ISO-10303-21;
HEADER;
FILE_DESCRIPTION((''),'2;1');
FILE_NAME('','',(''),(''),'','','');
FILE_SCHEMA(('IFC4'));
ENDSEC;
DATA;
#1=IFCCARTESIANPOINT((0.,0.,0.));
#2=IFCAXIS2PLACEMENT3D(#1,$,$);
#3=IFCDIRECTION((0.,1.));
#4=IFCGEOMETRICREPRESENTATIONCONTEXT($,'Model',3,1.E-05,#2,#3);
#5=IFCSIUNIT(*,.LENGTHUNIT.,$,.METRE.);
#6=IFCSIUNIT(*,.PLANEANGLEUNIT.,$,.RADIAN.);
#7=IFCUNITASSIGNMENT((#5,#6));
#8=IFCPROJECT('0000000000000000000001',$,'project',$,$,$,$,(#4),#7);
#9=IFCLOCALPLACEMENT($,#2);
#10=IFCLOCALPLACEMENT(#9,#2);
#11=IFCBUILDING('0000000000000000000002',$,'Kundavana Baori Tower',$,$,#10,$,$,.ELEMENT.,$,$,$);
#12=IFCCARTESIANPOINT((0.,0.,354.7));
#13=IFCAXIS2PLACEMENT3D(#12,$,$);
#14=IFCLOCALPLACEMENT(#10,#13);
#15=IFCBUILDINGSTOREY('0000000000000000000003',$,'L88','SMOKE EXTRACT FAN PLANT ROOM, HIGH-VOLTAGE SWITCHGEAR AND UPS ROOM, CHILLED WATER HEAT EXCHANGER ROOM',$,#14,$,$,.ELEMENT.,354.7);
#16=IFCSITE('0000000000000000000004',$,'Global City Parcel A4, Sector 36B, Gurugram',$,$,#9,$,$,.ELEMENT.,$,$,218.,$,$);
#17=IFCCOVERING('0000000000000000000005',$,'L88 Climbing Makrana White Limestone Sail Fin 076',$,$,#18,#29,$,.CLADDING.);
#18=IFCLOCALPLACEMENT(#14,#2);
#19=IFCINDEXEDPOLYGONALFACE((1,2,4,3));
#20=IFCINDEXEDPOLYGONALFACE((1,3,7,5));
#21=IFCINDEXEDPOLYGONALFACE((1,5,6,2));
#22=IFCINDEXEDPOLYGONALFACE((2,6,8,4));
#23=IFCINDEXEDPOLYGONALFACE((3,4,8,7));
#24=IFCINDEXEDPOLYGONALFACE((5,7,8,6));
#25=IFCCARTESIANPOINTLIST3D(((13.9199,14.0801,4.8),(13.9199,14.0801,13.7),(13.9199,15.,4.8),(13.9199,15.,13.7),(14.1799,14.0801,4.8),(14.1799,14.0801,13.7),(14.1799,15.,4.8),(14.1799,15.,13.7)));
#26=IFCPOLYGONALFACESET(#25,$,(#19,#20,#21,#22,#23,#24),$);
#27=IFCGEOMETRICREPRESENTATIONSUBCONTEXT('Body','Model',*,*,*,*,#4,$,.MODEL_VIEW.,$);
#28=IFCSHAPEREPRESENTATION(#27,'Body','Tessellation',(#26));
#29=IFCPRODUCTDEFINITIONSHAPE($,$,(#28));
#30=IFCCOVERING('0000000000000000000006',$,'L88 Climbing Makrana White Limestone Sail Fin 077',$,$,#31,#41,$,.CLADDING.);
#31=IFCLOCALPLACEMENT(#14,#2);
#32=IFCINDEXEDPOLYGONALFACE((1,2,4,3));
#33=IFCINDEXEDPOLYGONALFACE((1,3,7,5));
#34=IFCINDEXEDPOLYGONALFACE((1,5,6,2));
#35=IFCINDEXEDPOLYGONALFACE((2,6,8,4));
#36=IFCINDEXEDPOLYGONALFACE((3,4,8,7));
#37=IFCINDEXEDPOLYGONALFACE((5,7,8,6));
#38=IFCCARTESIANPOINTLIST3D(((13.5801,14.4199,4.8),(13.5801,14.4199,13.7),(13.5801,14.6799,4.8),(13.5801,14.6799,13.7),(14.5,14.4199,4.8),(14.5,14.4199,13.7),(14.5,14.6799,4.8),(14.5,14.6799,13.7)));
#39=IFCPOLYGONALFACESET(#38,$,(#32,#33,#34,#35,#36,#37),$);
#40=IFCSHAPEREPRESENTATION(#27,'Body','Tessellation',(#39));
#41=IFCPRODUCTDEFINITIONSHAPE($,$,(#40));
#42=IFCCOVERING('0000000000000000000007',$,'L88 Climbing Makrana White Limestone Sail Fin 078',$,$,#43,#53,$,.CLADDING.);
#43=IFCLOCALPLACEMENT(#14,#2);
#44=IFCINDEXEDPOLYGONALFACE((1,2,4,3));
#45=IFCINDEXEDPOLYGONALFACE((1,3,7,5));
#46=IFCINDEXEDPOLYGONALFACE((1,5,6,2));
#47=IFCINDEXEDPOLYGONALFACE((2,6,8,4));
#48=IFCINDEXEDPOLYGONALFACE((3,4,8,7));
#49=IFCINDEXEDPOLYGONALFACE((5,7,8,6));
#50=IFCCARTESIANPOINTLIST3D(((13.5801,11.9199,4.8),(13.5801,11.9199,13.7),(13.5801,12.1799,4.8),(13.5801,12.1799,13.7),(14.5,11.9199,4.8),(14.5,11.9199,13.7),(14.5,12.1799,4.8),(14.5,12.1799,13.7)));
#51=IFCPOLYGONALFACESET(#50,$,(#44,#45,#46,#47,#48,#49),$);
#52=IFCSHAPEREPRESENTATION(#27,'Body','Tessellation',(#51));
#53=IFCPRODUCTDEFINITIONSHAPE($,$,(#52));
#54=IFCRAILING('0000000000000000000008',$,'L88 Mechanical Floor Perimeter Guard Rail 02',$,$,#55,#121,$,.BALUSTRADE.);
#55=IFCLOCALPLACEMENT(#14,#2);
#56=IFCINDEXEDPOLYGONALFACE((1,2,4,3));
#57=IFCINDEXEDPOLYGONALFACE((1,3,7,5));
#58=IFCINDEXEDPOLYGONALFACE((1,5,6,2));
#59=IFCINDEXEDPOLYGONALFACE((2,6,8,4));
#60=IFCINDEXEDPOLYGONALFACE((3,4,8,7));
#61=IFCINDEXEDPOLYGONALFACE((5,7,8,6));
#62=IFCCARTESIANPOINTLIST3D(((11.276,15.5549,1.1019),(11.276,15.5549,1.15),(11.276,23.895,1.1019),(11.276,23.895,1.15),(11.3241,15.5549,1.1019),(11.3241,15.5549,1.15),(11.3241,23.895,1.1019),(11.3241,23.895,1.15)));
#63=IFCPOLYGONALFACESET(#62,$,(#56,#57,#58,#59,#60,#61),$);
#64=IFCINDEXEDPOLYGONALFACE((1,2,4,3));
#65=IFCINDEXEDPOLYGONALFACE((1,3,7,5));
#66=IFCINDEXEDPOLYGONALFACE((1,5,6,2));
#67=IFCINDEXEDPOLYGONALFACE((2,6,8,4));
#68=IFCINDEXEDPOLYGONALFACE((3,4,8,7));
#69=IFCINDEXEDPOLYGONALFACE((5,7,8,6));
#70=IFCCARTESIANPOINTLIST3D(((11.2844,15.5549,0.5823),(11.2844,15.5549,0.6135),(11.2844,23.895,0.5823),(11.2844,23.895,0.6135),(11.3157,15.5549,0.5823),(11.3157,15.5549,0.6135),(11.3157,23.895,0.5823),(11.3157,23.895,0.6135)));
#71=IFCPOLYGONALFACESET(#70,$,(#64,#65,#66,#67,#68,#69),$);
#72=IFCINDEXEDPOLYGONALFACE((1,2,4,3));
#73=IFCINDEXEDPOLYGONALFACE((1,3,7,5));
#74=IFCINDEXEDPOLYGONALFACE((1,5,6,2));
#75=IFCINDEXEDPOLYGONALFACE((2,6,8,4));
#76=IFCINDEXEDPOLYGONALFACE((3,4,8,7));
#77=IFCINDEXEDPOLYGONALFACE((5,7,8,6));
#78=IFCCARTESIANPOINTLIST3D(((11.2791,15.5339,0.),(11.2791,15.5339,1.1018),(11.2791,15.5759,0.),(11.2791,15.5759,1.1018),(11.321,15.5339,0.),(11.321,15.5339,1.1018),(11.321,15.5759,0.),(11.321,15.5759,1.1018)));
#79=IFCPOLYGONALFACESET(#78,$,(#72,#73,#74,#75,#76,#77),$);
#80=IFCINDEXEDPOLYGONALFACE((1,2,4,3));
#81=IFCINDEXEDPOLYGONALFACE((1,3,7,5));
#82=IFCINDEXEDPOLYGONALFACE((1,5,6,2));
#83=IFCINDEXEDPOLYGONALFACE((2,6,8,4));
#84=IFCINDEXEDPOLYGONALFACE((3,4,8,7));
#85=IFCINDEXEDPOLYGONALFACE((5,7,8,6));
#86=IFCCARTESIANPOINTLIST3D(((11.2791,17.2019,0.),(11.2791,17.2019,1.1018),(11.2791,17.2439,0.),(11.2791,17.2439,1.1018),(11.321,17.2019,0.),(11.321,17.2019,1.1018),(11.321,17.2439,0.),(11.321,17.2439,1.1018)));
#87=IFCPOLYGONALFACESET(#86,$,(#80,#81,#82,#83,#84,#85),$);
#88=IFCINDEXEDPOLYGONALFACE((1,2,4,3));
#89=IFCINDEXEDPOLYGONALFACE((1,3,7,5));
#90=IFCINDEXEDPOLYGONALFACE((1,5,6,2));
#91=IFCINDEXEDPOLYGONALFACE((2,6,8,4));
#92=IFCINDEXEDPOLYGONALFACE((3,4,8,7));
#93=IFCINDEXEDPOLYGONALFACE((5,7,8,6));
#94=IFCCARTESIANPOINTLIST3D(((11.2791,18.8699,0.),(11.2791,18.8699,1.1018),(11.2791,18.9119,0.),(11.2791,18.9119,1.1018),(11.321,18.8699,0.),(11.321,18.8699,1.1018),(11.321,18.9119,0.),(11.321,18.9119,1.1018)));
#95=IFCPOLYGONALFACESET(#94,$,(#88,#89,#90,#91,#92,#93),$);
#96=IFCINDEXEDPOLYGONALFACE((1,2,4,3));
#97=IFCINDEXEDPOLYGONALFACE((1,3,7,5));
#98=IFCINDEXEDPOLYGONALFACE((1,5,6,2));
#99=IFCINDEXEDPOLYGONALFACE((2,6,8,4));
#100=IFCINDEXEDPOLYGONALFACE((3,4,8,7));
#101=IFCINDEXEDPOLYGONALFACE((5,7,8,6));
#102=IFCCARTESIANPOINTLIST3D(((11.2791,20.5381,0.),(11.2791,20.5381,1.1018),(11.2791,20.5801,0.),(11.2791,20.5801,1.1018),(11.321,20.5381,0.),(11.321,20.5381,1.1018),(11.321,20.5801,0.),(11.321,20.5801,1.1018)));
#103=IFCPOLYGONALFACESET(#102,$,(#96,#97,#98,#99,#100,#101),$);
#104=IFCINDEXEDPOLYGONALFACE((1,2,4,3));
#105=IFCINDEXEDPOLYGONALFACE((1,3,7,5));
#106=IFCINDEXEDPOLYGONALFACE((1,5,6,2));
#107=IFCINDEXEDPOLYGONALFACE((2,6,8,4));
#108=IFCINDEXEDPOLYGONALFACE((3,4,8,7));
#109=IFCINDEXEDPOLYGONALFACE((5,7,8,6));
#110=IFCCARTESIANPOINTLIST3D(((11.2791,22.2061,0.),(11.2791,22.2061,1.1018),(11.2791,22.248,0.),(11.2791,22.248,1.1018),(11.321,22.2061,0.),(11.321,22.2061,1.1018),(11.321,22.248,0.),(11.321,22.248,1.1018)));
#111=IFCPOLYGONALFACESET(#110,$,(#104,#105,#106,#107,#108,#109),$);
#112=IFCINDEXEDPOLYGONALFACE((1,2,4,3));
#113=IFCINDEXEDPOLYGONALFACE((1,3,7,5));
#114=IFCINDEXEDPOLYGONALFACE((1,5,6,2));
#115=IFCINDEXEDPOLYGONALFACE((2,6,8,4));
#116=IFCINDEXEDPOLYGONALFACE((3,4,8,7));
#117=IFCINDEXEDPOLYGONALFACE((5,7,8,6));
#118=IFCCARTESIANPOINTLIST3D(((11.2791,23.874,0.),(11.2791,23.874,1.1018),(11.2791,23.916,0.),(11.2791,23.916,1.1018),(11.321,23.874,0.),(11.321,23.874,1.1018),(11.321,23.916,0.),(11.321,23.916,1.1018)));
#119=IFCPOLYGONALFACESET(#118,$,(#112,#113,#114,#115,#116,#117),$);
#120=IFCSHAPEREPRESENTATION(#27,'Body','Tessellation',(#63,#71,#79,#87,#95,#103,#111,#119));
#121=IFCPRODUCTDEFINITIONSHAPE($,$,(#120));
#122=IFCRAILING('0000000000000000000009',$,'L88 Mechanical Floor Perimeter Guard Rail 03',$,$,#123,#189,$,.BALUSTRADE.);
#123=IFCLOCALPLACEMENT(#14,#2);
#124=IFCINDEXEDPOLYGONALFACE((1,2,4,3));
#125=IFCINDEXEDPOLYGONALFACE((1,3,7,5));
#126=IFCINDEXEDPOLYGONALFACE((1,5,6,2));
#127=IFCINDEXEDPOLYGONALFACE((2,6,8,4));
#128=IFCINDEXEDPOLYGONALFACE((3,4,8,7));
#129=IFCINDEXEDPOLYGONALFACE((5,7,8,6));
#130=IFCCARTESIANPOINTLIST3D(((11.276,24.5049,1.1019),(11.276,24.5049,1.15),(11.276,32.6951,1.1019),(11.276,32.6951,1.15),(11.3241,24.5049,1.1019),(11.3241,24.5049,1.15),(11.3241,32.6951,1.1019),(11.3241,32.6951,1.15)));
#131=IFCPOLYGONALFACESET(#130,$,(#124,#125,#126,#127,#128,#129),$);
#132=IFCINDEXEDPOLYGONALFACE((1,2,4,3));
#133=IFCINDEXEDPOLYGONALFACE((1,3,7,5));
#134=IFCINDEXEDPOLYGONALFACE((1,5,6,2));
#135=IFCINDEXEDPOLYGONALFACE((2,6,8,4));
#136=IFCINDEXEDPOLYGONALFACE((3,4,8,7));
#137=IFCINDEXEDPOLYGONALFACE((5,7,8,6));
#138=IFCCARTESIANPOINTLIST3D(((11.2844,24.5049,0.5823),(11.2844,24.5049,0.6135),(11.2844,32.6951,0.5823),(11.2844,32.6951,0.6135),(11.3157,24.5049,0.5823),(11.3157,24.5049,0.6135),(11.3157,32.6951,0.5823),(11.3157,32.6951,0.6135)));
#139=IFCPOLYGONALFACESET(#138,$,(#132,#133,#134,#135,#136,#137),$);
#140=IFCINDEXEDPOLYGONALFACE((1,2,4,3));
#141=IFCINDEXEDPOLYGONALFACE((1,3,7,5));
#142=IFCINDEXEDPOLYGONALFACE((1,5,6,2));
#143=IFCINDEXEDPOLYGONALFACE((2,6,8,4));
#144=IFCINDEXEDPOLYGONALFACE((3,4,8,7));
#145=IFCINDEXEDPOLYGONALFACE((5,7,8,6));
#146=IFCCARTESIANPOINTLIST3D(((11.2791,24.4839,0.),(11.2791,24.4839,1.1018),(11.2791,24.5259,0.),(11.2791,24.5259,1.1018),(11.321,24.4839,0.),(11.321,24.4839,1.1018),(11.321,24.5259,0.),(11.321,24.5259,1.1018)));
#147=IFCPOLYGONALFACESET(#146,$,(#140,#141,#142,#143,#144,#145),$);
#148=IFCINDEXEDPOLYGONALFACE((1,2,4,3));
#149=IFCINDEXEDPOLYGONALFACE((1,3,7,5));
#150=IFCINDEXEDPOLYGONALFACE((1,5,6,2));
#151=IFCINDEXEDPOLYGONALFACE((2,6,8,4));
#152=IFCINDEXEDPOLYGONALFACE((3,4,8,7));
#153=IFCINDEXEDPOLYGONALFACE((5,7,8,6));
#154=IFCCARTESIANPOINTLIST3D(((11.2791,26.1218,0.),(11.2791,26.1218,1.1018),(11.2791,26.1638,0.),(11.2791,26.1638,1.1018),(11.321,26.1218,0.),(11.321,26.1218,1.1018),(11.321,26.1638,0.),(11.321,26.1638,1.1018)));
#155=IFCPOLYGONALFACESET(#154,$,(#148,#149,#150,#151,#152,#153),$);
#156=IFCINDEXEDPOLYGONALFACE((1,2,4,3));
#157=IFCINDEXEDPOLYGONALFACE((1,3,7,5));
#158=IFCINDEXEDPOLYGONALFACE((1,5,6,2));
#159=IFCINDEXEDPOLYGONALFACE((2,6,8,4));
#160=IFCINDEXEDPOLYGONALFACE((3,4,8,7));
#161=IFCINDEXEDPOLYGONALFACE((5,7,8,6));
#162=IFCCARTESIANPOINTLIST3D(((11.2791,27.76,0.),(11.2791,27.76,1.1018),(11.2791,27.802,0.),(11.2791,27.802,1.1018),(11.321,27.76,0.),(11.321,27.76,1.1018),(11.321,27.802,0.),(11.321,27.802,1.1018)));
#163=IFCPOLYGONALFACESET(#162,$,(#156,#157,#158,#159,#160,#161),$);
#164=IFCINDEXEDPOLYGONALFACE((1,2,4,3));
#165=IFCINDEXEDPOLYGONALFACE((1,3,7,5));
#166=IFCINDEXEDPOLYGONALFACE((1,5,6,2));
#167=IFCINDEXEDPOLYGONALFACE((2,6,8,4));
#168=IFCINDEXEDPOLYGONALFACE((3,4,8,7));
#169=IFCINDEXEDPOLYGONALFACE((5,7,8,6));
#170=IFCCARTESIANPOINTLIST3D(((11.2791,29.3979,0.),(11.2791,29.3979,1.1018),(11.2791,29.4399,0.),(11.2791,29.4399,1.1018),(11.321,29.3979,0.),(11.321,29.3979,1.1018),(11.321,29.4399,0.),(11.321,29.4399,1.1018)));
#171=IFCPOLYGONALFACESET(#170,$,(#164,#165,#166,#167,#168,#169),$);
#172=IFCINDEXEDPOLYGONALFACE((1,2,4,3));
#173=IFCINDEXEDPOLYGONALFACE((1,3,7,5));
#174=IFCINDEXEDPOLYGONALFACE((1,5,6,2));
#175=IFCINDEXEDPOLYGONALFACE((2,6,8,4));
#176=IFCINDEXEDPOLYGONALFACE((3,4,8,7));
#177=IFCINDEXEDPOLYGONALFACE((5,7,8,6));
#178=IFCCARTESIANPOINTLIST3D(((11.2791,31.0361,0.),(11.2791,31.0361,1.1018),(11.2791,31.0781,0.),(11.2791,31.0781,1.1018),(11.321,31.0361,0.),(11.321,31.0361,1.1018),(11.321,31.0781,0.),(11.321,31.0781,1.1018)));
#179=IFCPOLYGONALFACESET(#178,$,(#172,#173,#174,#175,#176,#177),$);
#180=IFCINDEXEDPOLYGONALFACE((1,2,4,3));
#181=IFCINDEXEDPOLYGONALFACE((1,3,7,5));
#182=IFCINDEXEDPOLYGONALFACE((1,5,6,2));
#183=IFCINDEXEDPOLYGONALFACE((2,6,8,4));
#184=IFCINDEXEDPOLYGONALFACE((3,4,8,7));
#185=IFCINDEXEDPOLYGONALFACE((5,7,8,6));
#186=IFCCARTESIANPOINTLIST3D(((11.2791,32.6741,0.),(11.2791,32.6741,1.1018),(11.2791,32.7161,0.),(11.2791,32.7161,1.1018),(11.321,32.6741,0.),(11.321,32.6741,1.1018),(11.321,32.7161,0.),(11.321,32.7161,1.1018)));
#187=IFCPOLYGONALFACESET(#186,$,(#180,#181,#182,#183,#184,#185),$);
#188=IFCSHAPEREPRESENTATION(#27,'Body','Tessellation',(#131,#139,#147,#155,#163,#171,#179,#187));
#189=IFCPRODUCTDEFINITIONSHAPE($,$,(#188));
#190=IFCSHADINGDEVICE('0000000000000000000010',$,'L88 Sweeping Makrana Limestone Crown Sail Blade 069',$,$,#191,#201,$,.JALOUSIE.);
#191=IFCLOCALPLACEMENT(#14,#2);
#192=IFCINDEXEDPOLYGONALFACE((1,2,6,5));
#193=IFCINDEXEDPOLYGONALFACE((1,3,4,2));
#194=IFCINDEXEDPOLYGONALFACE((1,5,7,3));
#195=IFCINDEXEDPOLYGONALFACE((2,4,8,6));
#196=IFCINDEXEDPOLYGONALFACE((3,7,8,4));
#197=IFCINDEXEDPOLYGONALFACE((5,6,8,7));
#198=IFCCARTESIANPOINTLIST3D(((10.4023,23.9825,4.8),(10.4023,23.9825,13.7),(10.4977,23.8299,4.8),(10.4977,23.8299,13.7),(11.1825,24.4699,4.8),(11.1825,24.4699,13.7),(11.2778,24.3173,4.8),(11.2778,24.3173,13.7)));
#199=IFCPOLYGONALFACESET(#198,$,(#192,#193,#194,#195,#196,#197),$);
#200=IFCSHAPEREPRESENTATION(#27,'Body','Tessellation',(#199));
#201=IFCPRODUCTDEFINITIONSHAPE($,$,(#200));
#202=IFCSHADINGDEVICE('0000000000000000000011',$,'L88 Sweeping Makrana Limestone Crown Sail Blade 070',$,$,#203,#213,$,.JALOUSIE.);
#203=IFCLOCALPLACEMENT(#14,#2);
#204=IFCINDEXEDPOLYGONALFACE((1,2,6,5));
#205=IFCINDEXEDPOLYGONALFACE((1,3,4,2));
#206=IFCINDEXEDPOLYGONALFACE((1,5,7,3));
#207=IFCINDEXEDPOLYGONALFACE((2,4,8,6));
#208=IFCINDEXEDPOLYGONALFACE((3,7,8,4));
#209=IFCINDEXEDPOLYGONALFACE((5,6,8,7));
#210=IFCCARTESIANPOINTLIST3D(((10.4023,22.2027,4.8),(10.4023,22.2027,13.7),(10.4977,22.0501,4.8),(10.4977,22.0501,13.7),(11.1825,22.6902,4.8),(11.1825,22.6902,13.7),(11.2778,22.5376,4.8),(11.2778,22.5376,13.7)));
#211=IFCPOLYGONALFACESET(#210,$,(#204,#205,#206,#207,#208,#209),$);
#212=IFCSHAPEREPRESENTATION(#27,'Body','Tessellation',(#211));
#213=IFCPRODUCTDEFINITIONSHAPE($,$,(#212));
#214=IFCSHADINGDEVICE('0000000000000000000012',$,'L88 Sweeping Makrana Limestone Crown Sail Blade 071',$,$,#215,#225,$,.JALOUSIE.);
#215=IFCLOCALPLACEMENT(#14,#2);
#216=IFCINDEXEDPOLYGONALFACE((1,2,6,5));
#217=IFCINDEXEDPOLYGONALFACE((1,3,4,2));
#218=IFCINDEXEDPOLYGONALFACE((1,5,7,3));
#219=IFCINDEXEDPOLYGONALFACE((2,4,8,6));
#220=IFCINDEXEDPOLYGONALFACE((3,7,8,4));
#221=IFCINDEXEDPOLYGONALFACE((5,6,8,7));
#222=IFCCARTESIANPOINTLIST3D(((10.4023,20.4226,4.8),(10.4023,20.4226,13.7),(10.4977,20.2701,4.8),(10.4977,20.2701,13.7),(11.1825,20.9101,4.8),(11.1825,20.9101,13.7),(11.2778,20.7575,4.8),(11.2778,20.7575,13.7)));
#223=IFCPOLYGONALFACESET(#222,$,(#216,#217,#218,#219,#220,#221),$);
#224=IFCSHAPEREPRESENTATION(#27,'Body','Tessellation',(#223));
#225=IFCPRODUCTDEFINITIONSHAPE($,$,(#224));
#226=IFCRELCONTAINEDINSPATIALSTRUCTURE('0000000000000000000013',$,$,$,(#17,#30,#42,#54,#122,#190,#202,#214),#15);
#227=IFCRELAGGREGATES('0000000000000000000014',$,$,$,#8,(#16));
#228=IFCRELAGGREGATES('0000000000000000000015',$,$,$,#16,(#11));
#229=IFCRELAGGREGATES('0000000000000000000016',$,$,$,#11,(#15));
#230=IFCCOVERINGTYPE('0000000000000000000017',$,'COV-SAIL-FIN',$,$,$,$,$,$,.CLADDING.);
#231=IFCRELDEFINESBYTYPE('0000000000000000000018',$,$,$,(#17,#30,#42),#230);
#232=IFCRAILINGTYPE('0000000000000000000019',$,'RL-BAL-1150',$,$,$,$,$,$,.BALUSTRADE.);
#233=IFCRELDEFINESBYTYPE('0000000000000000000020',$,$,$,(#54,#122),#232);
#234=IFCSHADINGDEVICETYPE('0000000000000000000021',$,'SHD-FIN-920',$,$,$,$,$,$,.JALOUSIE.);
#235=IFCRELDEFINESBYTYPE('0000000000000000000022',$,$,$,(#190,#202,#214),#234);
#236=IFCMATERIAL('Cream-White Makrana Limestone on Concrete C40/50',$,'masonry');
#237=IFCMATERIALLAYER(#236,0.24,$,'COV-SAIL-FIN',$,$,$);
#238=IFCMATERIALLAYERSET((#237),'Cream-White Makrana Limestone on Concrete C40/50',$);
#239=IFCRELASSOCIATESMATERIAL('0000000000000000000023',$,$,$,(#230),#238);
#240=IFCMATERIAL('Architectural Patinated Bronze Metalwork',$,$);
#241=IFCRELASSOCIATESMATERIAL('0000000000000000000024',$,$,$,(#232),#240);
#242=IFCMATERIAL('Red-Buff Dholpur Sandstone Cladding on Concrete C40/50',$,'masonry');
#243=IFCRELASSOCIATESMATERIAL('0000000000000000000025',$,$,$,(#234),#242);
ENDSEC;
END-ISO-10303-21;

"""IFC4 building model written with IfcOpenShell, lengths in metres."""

from ifc_helpers import new_model, si_unit, direction, frame, origin, origin_2d, place, context, subcontext, project, spatial, polyline, rectangle, outline, extrude, material, layer, layer_set, type_object, element, save


model = new_model("IFC4")

# Units and contexts
model_context = context("Model", 3, precision=1e-05, world=origin(), true_north=direction((0.0, 1.0)))
body_context = subcontext(model_context, "Body", "Model", "MODEL_VIEW")
ifc_project = project(units=[si_unit("LENGTHUNIT", "METRE"), si_unit("PLANEANGLEUNIT", "RADIAN")], contexts=[model_context])

# Site, building, storey
site_placement = place(None, origin())
site = spatial("IfcSite", under=ifc_project, at=site_placement, Name="Global City Parcel A4, Sector 36B, Gurugram", CompositionType="ELEMENT", RefElevation=218.0)
building_placement = place(site_placement, origin())
building = spatial("IfcBuilding", under=site, at=building_placement, Name="Kundavana Baori Tower", CompositionType="ELEMENT")
storey_placement = place(building_placement, frame((0.0, 0.0, 354.7)))
storey = spatial("IfcBuildingStorey", under=building, at=storey_placement, Name="L88", Description="SMOKE EXTRACT FAN PLANT ROOM, HIGH-VOLTAGE SWITCHGEAR AND UPS ROOM, CHILLED WATER HEAT EXCHANGER ROOM", CompositionType="ELEMENT", Elevation=354.7)

# Coverings
ifc_material_1 = material(Name="Cream-White Makrana Limestone on Concrete C40/50", Category="masonry")
ifc_layer_1 = layer(ifc_material_1, 0.24, Name="COV-SAIL-FIN")
ifc_layer_set_1 = layer_set([ifc_layer_1], Name="Cream-White Makrana Limestone on Concrete C40/50")
covering_type = type_object("IfcCoveringType", Name="COV-SAIL-FIN", PredefinedType="CLADDING", material=ifc_layer_set_1)
covering_1_placement = place(storey_placement, frame((0.0, 0.0, 4.8)))
element("IfcCovering", 1, at=covering_1_placement, inside=storey, type_object=covering_type, Name="L88 Climbing Makrana White Limestone Sail Fin 076", PredefinedType="CLADDING", context=body_context, shape_type="SweptSolid", body=[
    extrude(outline(polyline([(13.9199, 14.0801), (14.1799, 14.0801), (14.1799, 15.0), (13.9199, 15.0), (13.9199, 14.0801)])), origin(), (0.0, 0.0, 1.0), 8.8999),
])
covering_2_placement = place(storey_placement, frame((0.0, 0.0, 4.8)))
element("IfcCovering", 2, at=covering_2_placement, inside=storey, type_object=covering_type, Name="L88 Climbing Makrana White Limestone Sail Fin 077", PredefinedType="CLADDING", context=body_context, shape_type="SweptSolid", body=[
    extrude(outline(polyline([(13.5801, 14.4199), (14.5, 14.4199), (14.5, 14.6799), (13.5801, 14.6799), (13.5801, 14.4199)])), origin(), (0.0, 0.0, 1.0), 8.8999),
])
covering_3_placement = place(storey_placement, frame((0.0, 0.0, 4.8)))
element("IfcCovering", 3, at=covering_3_placement, inside=storey, type_object=covering_type, Name="L88 Climbing Makrana White Limestone Sail Fin 078", PredefinedType="CLADDING", context=body_context, shape_type="SweptSolid", body=[
    extrude(outline(polyline([(13.5801, 11.9199), (14.5, 11.9199), (14.5, 12.1799), (13.5801, 12.1799), (13.5801, 11.9199)])), origin(), (0.0, 0.0, 1.0), 8.8999),
])

# Railings
ifc_material_2 = material(Name="Architectural Patinated Bronze Metalwork")
railing_type = type_object("IfcRailingType", Name="RL-BAL-1150", PredefinedType="BALUSTRADE", material=ifc_material_2)
railing_1_placement = place(storey_placement, frame((11.3, 15.5549, 0.0)))
element("IfcRailing", 4, at=railing_1_placement, inside=storey, type_object=railing_type, Name="L88 Mechanical Floor Perimeter Guard Rail 02", PredefinedType="BALUSTRADE", context=body_context, shape_type="SweptSolid", body=[
    extrude(rectangle(XDim=0.0481, YDim=0.0481, at=origin_2d()), frame((0.0, 0.0, 1.126), z_axis=(0.0, 1.0, 0.0), x_axis=(-1.0, 0.0, 0.0)), (0.0, 0.0, 1.0), 8.3401),
    extrude(rectangle(XDim=0.0312, YDim=0.0312, at=origin_2d()), frame((0.0, 0.0, 0.5979), z_axis=(0.0, 1.0, 0.0), x_axis=(-1.0, 0.0, 0.0)), (0.0, 0.0, 1.0), 8.3401),
    extrude(rectangle(XDim=0.042, YDim=0.042, at=origin_2d()), origin(), (0.0, 0.0, 1.0), 1.1018),
    extrude(rectangle(XDim=0.042, YDim=0.042, at=origin_2d()), frame((0.0, 1.668, 0.0)), (0.0, 0.0, 1.0), 1.1018),
    extrude(rectangle(XDim=0.042, YDim=0.042, at=origin_2d()), frame((0.0, 3.3359, 0.0)), (0.0, 0.0, 1.0), 1.1018),
    extrude(rectangle(XDim=0.042, YDim=0.042, at=origin_2d()), frame((0.0, 5.0042, 0.0)), (0.0, 0.0, 1.0), 1.1018),
    extrude(rectangle(XDim=0.042, YDim=0.042, at=origin_2d()), frame((0.0, 6.6721, 0.0)), (0.0, 0.0, 1.0), 1.1018),
    extrude(rectangle(XDim=0.042, YDim=0.042, at=origin_2d()), frame((0.0, 8.3401, 0.0)), (0.0, 0.0, 1.0), 1.1018),
])
railing_2_placement = place(storey_placement, frame((11.3, 24.5049, 0.0)))
element("IfcRailing", 5, at=railing_2_placement, inside=storey, type_object=railing_type, Name="L88 Mechanical Floor Perimeter Guard Rail 03", PredefinedType="BALUSTRADE", context=body_context, shape_type="SweptSolid", body=[
    extrude(rectangle(XDim=0.0481, YDim=0.0481, at=origin_2d()), frame((0.0, 0.0, 1.126), z_axis=(0.0, 1.0, 0.0), x_axis=(-1.0, 0.0, 0.0)), (0.0, 0.0, 1.0), 8.1902),
    extrude(rectangle(XDim=0.0312, YDim=0.0312, at=origin_2d()), frame((0.0, 0.0, 0.5979), z_axis=(0.0, 1.0, 0.0), x_axis=(-1.0, 0.0, 0.0)), (0.0, 0.0, 1.0), 8.1902),
    extrude(rectangle(XDim=0.042, YDim=0.042, at=origin_2d()), origin(), (0.0, 0.0, 1.0), 1.1018),
    extrude(rectangle(XDim=0.042, YDim=0.042, at=origin_2d()), frame((0.0, 1.6379, 0.0)), (0.0, 0.0, 1.0), 1.1018),
    extrude(rectangle(XDim=0.042, YDim=0.042, at=origin_2d()), frame((0.0, 3.2761, 0.0)), (0.0, 0.0, 1.0), 1.1018),
    extrude(rectangle(XDim=0.042, YDim=0.042, at=origin_2d()), frame((0.0, 4.9141, 0.0)), (0.0, 0.0, 1.0), 1.1018),
    extrude(rectangle(XDim=0.042, YDim=0.042, at=origin_2d()), frame((0.0, 6.5522, 0.0)), (0.0, 0.0, 1.0), 1.1018),
    extrude(rectangle(XDim=0.042, YDim=0.042, at=origin_2d()), frame((0.0, 8.1902, 0.0)), (0.0, 0.0, 1.0), 1.1018),
])

# Shading devices
ifc_material_3 = material(Name="Red-Buff Dholpur Sandstone Cladding on Concrete C40/50", Category="masonry")
shading_device_type = type_object("IfcShadingDeviceType", Name="SHD-FIN-920", PredefinedType="JALOUSIE", material=ifc_material_3)
for number, where, z_axis, x_axis, name in (
    (6, (10.8401, 24.1499, 4.8), (0.0, 0.0, 1.0), (-0.529919, 0.848048, 0.0), "L88 Sweeping Makrana Limestone Crown Sail Blade 069"),
    (7, (10.8401, 22.3701, 4.8), (0.0, 0.0, 1.0), (-0.529919, 0.848048, 0.0), "L88 Sweeping Makrana Limestone Crown Sail Blade 070"),
    (8, (10.8401, 20.5901, 4.8), (0.0, 0.0, 1.0), (-0.529919, 0.848048, 0.0), "L88 Sweeping Makrana Limestone Crown Sail Blade 071"),
):
    element("IfcShadingDevice", number, at=place(storey_placement, frame(where, z_axis=z_axis, x_axis=x_axis)), inside=storey, type_object=shading_device_type, Name=name, PredefinedType="JALOUSIE", context=body_context, shape_type="SweptSolid", body=[
        extrude(rectangle(XDim=0.1799, YDim=0.9199, at=origin_2d()), origin(), (0.0, 0.0, 1.0), 8.8999),
    ])

save(model, "model.ifc")
